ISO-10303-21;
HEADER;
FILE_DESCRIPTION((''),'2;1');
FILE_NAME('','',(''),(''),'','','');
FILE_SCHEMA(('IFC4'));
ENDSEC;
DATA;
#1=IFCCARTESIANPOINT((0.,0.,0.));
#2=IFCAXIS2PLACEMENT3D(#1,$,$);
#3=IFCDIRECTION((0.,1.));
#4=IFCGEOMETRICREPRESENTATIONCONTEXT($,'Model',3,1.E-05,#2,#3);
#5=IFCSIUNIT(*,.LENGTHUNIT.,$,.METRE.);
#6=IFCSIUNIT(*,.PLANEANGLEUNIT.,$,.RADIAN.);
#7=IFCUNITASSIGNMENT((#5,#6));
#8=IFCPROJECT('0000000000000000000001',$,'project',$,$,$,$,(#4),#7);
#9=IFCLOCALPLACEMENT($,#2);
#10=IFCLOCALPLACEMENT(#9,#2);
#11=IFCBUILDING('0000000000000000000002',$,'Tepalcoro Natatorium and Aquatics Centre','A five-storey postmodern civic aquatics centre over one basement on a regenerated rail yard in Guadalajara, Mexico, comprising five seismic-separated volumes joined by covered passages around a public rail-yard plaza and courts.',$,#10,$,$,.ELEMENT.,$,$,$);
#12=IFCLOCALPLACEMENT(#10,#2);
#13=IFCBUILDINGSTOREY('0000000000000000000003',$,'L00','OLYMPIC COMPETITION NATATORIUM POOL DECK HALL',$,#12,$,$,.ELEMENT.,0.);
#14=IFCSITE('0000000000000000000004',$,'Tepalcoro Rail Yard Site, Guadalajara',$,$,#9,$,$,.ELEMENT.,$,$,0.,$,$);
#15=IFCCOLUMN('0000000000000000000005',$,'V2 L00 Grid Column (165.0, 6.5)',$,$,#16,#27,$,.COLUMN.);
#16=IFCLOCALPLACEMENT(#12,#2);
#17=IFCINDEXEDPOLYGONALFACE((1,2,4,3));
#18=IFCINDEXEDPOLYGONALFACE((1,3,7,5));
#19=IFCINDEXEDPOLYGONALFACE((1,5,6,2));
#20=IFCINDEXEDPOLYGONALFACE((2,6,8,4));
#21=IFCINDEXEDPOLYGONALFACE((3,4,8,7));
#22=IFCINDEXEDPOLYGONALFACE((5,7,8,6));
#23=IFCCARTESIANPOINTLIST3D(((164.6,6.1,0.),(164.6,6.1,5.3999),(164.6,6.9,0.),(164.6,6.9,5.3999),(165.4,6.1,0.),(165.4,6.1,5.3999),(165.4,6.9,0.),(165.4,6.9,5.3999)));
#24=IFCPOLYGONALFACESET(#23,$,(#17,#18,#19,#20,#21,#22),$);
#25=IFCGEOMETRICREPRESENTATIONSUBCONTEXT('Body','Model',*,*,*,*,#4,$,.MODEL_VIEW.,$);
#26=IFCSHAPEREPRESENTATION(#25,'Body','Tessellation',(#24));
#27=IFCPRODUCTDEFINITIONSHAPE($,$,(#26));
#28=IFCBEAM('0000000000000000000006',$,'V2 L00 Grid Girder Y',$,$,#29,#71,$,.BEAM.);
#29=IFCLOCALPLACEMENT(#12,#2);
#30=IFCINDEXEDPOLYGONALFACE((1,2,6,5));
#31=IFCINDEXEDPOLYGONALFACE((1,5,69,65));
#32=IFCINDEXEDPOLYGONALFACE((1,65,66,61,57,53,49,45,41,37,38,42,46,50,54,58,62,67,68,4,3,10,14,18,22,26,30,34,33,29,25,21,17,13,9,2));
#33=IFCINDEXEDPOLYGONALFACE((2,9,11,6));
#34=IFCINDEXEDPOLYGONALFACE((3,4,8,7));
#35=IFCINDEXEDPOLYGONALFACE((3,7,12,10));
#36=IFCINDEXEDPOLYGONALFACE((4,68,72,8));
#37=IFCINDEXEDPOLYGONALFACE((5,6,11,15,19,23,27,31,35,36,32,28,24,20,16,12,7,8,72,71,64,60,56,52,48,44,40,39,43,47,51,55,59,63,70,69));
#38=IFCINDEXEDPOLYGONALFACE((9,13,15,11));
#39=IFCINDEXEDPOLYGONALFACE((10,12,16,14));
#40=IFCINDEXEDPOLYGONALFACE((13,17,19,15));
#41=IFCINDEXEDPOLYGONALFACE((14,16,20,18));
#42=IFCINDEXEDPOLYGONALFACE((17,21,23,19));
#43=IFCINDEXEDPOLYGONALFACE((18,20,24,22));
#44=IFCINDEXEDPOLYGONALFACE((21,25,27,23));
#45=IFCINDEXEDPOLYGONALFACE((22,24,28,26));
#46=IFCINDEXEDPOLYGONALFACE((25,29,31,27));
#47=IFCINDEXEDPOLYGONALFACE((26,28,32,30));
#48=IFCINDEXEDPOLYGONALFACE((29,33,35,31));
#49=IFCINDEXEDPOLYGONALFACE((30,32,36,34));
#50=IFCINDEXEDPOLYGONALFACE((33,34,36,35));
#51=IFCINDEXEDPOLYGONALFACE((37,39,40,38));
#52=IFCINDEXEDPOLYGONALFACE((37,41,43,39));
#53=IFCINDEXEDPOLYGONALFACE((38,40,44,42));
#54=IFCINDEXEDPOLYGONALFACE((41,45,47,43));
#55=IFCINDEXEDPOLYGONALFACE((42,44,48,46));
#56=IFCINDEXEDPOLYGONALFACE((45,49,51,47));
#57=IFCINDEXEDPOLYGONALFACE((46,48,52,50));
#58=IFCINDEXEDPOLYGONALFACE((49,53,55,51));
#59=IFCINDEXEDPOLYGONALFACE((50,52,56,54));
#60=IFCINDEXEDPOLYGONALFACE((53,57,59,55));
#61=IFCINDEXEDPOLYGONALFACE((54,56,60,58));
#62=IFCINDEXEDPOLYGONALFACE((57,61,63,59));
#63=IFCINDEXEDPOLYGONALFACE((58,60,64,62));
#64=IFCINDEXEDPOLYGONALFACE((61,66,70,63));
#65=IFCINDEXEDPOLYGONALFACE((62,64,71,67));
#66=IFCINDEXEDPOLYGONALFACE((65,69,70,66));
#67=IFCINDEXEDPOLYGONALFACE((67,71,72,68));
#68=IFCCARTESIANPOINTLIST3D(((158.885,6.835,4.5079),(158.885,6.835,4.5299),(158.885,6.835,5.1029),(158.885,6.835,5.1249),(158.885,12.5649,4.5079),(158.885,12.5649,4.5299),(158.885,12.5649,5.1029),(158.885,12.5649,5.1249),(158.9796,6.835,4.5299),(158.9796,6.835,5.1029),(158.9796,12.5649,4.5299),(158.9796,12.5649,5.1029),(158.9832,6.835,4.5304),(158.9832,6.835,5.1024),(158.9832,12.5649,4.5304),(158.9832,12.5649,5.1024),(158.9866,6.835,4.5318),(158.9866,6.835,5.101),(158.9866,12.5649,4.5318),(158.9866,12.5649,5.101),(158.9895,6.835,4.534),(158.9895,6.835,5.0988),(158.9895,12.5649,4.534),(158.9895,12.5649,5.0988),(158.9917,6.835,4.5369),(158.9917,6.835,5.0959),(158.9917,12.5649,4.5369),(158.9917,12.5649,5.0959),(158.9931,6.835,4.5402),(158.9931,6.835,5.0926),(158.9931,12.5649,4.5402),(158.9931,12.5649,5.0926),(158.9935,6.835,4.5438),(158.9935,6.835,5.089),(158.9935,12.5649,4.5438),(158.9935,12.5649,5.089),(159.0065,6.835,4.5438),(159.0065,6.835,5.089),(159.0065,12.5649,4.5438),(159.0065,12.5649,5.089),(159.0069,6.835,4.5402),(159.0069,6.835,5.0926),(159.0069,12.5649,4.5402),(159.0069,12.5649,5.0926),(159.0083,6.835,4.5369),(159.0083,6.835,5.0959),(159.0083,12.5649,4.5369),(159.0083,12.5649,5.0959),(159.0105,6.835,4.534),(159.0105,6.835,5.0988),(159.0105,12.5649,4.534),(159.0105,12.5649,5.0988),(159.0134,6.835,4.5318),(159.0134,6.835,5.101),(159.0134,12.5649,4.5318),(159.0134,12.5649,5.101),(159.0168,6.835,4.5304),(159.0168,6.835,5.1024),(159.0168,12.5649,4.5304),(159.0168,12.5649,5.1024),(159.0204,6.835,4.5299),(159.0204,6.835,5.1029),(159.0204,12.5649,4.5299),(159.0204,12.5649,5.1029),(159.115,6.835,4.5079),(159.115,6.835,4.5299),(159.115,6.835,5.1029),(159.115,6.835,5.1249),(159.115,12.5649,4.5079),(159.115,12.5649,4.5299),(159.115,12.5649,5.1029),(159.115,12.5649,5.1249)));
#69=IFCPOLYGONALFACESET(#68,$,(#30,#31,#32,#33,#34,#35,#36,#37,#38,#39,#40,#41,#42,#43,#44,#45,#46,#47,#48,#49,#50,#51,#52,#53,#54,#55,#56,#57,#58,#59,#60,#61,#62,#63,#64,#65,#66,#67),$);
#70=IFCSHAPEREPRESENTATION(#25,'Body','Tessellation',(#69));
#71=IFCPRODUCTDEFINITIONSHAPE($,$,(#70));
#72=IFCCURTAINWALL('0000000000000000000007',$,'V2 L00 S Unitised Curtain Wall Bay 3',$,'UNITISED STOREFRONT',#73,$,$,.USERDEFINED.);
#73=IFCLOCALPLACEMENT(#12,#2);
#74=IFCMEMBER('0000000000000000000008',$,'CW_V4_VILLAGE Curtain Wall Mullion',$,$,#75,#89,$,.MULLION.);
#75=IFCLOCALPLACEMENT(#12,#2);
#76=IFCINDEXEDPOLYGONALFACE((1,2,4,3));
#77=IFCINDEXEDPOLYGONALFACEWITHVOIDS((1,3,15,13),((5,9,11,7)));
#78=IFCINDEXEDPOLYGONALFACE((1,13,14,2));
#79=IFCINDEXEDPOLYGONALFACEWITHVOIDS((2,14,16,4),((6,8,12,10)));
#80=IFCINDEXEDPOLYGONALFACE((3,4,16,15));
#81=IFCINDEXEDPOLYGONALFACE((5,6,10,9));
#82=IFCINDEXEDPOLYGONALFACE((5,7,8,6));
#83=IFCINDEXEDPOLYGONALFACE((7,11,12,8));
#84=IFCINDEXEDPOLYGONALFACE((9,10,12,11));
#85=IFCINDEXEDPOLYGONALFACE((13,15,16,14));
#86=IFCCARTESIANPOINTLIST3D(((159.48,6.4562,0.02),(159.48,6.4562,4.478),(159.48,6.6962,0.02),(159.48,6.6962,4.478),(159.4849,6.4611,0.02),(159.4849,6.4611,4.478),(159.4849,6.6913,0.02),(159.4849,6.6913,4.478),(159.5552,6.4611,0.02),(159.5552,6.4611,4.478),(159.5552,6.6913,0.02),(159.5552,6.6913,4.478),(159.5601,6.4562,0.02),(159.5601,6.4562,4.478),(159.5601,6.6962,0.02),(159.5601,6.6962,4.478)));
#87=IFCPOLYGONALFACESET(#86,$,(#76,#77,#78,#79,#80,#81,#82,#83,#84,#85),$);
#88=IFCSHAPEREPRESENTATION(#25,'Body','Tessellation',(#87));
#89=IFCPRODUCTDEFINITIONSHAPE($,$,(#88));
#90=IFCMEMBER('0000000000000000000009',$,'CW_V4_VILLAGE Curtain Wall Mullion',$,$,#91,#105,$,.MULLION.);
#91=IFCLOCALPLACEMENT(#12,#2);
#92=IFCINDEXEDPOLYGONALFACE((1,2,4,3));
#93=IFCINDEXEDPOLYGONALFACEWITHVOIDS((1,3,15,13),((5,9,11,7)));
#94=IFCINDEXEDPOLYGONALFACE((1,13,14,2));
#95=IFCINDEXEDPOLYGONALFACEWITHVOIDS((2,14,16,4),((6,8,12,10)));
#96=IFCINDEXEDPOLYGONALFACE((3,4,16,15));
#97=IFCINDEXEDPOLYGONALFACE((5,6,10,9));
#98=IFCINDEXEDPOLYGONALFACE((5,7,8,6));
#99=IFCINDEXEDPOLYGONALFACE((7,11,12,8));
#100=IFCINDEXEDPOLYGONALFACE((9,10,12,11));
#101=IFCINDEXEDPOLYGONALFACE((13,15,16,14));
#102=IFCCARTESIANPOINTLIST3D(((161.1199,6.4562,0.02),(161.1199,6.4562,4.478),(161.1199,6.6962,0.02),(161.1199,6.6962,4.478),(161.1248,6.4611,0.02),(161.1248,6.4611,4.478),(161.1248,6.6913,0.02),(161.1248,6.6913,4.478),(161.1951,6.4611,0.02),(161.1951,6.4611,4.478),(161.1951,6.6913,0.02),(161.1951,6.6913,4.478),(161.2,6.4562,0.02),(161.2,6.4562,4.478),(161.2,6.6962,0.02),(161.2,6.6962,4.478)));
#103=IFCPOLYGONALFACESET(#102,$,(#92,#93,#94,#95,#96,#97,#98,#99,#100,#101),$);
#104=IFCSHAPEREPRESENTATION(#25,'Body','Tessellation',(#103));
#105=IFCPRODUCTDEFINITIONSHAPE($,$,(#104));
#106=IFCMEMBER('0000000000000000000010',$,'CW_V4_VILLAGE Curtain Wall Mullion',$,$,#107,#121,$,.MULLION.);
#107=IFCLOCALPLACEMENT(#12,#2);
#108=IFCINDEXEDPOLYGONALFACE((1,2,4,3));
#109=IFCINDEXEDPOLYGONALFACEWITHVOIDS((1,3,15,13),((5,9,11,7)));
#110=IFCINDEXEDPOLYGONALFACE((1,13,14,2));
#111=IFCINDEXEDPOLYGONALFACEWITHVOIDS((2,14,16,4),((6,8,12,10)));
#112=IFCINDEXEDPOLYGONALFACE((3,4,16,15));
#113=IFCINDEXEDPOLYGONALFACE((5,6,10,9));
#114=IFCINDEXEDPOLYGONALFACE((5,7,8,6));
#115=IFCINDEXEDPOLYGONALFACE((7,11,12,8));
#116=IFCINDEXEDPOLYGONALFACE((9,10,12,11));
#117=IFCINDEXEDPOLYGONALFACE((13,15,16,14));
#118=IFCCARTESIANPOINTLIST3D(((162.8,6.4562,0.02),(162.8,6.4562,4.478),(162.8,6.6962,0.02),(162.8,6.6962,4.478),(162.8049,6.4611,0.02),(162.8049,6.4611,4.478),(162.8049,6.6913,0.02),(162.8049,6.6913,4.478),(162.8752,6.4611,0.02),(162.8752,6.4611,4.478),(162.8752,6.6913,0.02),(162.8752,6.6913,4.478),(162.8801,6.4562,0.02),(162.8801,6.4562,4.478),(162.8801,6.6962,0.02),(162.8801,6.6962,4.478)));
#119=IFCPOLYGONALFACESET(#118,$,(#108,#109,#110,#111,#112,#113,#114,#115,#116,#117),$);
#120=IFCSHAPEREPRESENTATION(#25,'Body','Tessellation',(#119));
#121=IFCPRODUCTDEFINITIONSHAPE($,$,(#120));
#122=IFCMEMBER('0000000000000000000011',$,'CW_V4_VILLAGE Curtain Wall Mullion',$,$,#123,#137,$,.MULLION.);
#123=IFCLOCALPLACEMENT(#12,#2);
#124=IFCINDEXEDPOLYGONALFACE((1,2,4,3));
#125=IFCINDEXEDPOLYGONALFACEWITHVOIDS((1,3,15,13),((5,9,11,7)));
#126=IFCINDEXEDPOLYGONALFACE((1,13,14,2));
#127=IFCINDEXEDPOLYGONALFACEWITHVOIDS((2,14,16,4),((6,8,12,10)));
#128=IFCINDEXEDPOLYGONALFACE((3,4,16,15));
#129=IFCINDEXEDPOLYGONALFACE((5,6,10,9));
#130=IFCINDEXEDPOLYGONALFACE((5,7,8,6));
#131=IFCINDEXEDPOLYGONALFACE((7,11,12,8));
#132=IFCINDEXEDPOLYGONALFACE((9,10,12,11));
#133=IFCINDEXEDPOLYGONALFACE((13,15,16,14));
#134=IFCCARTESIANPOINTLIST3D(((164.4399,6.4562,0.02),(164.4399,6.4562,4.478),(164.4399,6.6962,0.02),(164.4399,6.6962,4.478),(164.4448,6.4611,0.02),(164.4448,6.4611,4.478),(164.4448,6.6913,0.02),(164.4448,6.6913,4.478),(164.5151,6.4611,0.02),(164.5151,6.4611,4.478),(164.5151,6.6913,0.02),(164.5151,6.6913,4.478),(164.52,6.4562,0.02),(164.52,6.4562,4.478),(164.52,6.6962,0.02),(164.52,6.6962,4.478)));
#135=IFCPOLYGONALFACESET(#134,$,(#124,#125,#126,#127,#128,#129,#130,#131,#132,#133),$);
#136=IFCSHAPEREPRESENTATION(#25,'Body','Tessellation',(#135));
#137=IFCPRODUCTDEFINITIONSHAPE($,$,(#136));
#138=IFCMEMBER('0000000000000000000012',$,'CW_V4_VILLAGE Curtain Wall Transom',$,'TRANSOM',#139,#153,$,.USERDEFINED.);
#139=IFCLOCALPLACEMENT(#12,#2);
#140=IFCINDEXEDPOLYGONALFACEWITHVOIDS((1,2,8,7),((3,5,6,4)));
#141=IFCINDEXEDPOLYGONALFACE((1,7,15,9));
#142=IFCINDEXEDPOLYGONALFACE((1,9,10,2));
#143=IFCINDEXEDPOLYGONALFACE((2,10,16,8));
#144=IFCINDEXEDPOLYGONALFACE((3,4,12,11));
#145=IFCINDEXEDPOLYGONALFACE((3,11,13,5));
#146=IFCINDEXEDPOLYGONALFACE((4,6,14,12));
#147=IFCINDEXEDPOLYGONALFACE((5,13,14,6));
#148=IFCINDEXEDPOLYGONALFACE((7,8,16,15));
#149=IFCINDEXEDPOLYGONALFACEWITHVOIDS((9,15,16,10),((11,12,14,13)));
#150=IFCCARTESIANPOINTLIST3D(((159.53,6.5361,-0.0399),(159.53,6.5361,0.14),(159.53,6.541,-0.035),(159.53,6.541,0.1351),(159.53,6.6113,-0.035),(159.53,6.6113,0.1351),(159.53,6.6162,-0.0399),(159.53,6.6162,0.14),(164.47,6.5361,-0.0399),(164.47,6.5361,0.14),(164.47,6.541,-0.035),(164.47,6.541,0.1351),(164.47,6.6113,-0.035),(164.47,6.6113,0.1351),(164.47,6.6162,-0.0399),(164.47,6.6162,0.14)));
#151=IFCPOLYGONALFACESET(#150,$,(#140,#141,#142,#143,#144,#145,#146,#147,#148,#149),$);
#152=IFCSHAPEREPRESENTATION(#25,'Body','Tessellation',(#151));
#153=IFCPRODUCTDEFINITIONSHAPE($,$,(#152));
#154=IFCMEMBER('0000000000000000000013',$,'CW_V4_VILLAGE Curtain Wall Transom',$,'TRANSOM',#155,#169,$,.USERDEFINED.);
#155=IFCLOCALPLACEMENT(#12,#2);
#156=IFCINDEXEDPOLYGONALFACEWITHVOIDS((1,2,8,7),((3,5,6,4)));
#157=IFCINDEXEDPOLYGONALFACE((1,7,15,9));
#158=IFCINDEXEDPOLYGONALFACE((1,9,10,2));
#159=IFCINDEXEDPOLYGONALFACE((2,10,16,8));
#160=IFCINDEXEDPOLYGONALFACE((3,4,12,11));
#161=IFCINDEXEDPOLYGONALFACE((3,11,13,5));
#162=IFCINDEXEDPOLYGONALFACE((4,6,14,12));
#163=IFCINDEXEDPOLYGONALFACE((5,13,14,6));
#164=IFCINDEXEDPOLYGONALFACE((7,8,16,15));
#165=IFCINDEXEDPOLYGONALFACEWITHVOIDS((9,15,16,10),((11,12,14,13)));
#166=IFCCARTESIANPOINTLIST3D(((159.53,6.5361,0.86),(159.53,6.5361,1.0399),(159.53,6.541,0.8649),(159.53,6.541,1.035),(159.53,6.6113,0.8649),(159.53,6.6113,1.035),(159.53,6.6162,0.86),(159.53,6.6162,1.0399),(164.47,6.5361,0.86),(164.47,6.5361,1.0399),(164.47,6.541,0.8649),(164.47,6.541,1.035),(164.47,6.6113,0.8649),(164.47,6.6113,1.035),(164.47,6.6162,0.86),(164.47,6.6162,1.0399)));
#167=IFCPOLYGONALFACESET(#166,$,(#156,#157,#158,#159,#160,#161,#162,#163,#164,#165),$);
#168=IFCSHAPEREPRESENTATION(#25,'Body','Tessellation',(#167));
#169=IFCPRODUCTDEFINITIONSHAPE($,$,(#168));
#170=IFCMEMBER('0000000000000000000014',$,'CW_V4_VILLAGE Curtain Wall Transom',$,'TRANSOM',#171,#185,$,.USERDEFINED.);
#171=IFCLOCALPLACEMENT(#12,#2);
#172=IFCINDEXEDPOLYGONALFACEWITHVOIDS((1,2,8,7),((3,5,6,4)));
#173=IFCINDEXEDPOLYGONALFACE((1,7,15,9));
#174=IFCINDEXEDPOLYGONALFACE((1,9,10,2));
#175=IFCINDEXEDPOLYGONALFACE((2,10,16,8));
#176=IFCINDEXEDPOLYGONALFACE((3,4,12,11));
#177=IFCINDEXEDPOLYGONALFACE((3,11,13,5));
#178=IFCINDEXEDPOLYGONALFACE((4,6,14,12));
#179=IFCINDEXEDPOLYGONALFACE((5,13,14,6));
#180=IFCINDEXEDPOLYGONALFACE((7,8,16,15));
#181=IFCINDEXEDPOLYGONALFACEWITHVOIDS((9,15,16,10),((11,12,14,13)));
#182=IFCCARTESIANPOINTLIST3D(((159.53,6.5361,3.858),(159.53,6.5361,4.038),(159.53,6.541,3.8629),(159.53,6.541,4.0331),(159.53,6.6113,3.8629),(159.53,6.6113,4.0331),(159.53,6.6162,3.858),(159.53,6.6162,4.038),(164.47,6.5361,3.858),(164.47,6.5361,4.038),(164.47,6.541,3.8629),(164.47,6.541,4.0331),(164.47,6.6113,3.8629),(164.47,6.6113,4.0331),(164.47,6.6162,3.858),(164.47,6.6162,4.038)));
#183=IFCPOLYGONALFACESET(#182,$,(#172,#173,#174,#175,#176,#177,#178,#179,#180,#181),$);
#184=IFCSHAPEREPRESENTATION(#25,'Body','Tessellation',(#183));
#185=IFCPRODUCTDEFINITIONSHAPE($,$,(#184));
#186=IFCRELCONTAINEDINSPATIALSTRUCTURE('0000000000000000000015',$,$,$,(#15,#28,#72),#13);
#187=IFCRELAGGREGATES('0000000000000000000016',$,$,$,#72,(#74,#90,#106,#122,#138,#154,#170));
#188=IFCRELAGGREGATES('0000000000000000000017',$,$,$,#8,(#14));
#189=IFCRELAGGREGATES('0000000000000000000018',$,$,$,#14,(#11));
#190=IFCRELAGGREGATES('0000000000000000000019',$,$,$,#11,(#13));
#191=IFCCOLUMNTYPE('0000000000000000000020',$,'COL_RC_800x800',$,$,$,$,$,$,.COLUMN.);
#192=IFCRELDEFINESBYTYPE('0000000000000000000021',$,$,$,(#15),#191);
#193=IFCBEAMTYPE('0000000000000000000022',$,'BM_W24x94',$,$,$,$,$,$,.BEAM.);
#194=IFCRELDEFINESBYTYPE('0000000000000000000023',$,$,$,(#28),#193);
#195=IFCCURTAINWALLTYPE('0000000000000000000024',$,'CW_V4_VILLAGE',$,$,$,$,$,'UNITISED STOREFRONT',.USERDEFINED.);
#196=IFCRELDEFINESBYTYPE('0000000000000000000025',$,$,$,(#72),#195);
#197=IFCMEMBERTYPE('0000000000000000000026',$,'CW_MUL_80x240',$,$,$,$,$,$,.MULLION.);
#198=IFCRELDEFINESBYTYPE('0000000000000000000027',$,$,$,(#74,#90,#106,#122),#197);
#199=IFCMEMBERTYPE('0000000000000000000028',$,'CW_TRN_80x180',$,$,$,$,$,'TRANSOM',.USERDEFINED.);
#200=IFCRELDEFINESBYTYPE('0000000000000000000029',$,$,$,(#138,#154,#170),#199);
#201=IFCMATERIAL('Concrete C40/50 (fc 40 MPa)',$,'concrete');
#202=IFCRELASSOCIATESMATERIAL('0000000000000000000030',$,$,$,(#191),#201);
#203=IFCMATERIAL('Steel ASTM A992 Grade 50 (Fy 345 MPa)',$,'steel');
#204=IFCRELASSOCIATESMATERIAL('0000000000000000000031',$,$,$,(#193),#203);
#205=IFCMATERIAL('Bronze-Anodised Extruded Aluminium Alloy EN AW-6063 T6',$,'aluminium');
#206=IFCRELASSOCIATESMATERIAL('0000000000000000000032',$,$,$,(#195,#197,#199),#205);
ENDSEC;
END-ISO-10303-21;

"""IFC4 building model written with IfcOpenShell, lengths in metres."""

from ifc_helpers import new_model, si_unit, direction, frame, origin, origin_2d, place, context, subcontext, project, spatial, rectangle, hollow_rectangle, i_section, extrude, material, material_profile, profile_set, type_object, element, aggregate, save


model = new_model("IFC4")

# Units and contexts
model_context = context("Model", 3, precision=1e-05, world=origin(), true_north=direction((0.0, 1.0)))
body_context = subcontext(model_context, "Body", "Model", "MODEL_VIEW")
ifc_project = project(units=[si_unit("LENGTHUNIT", "METRE"), si_unit("PLANEANGLEUNIT", "RADIAN")], contexts=[model_context])

# Site, building, storey
site_placement = place(None, origin())
site = spatial("IfcSite", under=ifc_project, at=site_placement, Name="Tepalcoro Rail Yard Site, Guadalajara", CompositionType="ELEMENT", RefElevation=0.0)
building_placement = place(site_placement, origin())
building = spatial("IfcBuilding", under=site, at=building_placement, Name="Tepalcoro Natatorium and Aquatics Centre", Description="A five-storey postmodern civic aquatics centre over one basement on a regenerated rail yard in Guadalajara, Mexico, comprising five seismic-separated volumes joined by covered passages around a public rail-yard plaza and courts.", CompositionType="ELEMENT")
storey_placement = place(building_placement, origin())
storey = spatial("IfcBuildingStorey", under=building, at=storey_placement, Name="L00", Description="OLYMPIC COMPETITION NATATORIUM POOL DECK HALL", CompositionType="ELEMENT", Elevation=0.0)

# Shared definitions
ifc_material_1 = material(Name="Concrete C40/50 (fc 40 MPa)", Category="concrete")

# Column
ifc_material_2 = material(Name="Steel ASTM A992 Grade 50 (Fy 345 MPa)", Category="steel")
ifc_material_profile_1 = material_profile(ifc_material_1, rectangle(XDim=0.8, YDim=0.8, at=origin_2d()), Name="RC800x800")
ifc_profile_set_1 = profile_set([ifc_material_profile_1], Name="Concrete C40/50 (fc 40 MPa)")
column_type_1 = type_object("IfcColumnType", Name="COL_RC_800x800", PredefinedType="COLUMN", material=ifc_profile_set_1)
column_1_placement = place(storey_placement, frame((165.0, 6.5, 0.0), z_axis=(0.0, 0.0, 1.0), x_axis=(1.0, 0.0, 0.0)))
element("IfcColumn", 1, at=column_1_placement, inside=storey, type_object=column_type_1, Name="V2 L00 Grid Column (165.0, 6.5)", PredefinedType="COLUMN", context=body_context, shape_type="SweptSolid", body=[
    extrude(rectangle(XDim=0.8, YDim=0.8, at=origin_2d()), origin(), (0.0, 0.0, 1.0), 5.3999),
])

# Beam
ifc_material_profile_2 = material_profile(ifc_material_2, i_section(OverallWidth=0.23, OverallDepth=0.6169, WebThickness=0.0129, FlangeThickness=0.022, FilletRadius=0.0139, at=origin_2d()), Name="W24X94")
ifc_profile_set_2 = profile_set([ifc_material_profile_2], Name="Steel ASTM A992 Grade 50 (Fy 345 MPa)")
beam_type_1 = type_object("IfcBeamType", Name="BM_W24x94", PredefinedType="BEAM", material=ifc_profile_set_2)
beam_1_placement = place(storey_placement, frame((159.0, 6.835, 4.8164), z_axis=(0.0, 1.0, 0.0), x_axis=(-1.0, 0.0, 0.0)))
element("IfcBeam", 2, at=beam_1_placement, inside=storey, type_object=beam_type_1, Name="V2 L00 Grid Girder Y", PredefinedType="BEAM", context=body_context, shape_type="SweptSolid", body=[
    extrude(i_section(OverallWidth=0.23, OverallDepth=0.6169, WebThickness=0.0129, FlangeThickness=0.022, FilletRadius=0.0139, at=origin_2d()), origin(), (0.0, 0.0, 1.0), 5.73),
])

# Curtain wall, members
ifc_material_3 = material(Name="Bronze-Anodised Extruded Aluminium Alloy EN AW-6063 T6", Category="aluminium")
curtain_wall_type = type_object("IfcCurtainWallType", Name="CW_V4_VILLAGE", ElementType="UNITISED STOREFRONT", PredefinedType="USERDEFINED", material=ifc_material_3)
curtain_wall_placement = place(storey_placement, origin())
curtain_wall = element("IfcCurtainWall", 3, at=curtain_wall_placement, inside=storey, type_object=curtain_wall_type, Name="V2 L00 S Unitised Curtain Wall Bay 3", ObjectType="UNITISED STOREFRONT", PredefinedType="USERDEFINED")
ifc_material_profile_3 = material_profile(ifc_material_3, hollow_rectangle(XDim=0.0801, YDim=0.24, WallThickness=0.0049, at=origin_2d()), Name="AL80X240X5")
ifc_profile_set_3 = profile_set([ifc_material_profile_3], Name="Bronze-Anodised Extruded Aluminium Alloy EN AW-6063 T6")
member_type_1 = type_object("IfcMemberType", Name="CW_MUL_80x240", PredefinedType="MULLION", material=ifc_profile_set_3)
member_1_placement = place(storey_placement, frame((159.52, 6.5762, 0.02), z_axis=(0.0, 0.0, 1.0), x_axis=(1.0, 0.0, 0.0)))
member_1 = element("IfcMember", 4, at=member_1_placement, type_object=member_type_1, Name="CW_V4_VILLAGE Curtain Wall Mullion", PredefinedType="MULLION", context=body_context, shape_type="SweptSolid", body=[
    extrude(hollow_rectangle(XDim=0.0801, YDim=0.24, WallThickness=0.0049, at=origin_2d()), origin(), (0.0, 0.0, 1.0), 4.458),
])
member_2_placement = place(storey_placement, frame((161.1599, 6.5762, 0.02), z_axis=(0.0, 0.0, 1.0), x_axis=(1.0, 0.0, 0.0)))
member_2 = element("IfcMember", 5, at=member_2_placement, type_object=member_type_1, Name="CW_V4_VILLAGE Curtain Wall Mullion", PredefinedType="MULLION", context=body_context, shape_type="SweptSolid", body=[
    extrude(hollow_rectangle(XDim=0.0801, YDim=0.24, WallThickness=0.0049, at=origin_2d()), origin(), (0.0, 0.0, 1.0), 4.458),
])
member_3_placement = place(storey_placement, frame((162.8401, 6.5762, 0.02), z_axis=(0.0, 0.0, 1.0), x_axis=(1.0, 0.0, 0.0)))
member_3 = element("IfcMember", 6, at=member_3_placement, type_object=member_type_1, Name="CW_V4_VILLAGE Curtain Wall Mullion", PredefinedType="MULLION", context=body_context, shape_type="SweptSolid", body=[
    extrude(hollow_rectangle(XDim=0.0801, YDim=0.24, WallThickness=0.0049, at=origin_2d()), origin(), (0.0, 0.0, 1.0), 4.458),
])
member_4_placement = place(storey_placement, frame((164.48, 6.5762, 0.02), z_axis=(0.0, 0.0, 1.0), x_axis=(1.0, 0.0, 0.0)))
member_4 = element("IfcMember", 7, at=member_4_placement, type_object=member_type_1, Name="CW_V4_VILLAGE Curtain Wall Mullion", PredefinedType="MULLION", context=body_context, shape_type="SweptSolid", body=[
    extrude(hollow_rectangle(XDim=0.0801, YDim=0.24, WallThickness=0.0049, at=origin_2d()), origin(), (0.0, 0.0, 1.0), 4.458),
])
ifc_material_profile_4 = material_profile(ifc_material_3, hollow_rectangle(XDim=0.0801, YDim=0.1799, WallThickness=0.0049, at=origin_2d()), Name="AL80X180X5")
ifc_profile_set_4 = profile_set([ifc_material_profile_4], Name="Bronze-Anodised Extruded Aluminium Alloy EN AW-6063 T6")
member_type_2 = type_object("IfcMemberType", Name="CW_TRN_80x180", ElementType="TRANSOM", PredefinedType="USERDEFINED", material=ifc_profile_set_4)
member_5_placement = place(storey_placement, frame((159.53, 6.5762, 0.05), z_axis=(1.0, 0.0, 0.0), x_axis=(0.0, 1.0, 0.0)))
member_5 = element("IfcMember", 8, at=member_5_placement, type_object=member_type_2, Name="CW_V4_VILLAGE Curtain Wall Transom", ObjectType="TRANSOM", PredefinedType="USERDEFINED", context=body_context, shape_type="SweptSolid", body=[
    extrude(hollow_rectangle(XDim=0.0801, YDim=0.1799, WallThickness=0.0049, at=origin_2d()), origin(), (0.0, 0.0, 1.0), 4.9399),
])
member_6_placement = place(storey_placement, frame((159.53, 6.5762, 0.95), z_axis=(1.0, 0.0, 0.0), x_axis=(0.0, 1.0, 0.0)))
member_6 = element("IfcMember", 9, at=member_6_placement, type_object=member_type_2, Name="CW_V4_VILLAGE Curtain Wall Transom", ObjectType="TRANSOM", PredefinedType="USERDEFINED", context=body_context, shape_type="SweptSolid", body=[
    extrude(hollow_rectangle(XDim=0.0801, YDim=0.1799, WallThickness=0.0049, at=origin_2d()), origin(), (0.0, 0.0, 1.0), 4.9399),
])
member_7_placement = place(storey_placement, frame((159.53, 6.5762, 3.948), z_axis=(1.0, 0.0, 0.0), x_axis=(0.0, 1.0, 0.0)))
member_7 = element("IfcMember", 10, at=member_7_placement, type_object=member_type_2, Name="CW_V4_VILLAGE Curtain Wall Transom", ObjectType="TRANSOM", PredefinedType="USERDEFINED", context=body_context, shape_type="SweptSolid", body=[
    extrude(hollow_rectangle(XDim=0.0801, YDim=0.1799, WallThickness=0.0049, at=origin_2d()), origin(), (0.0, 0.0, 1.0), 4.9399),
])

aggregate(curtain_wall, [member_1, member_2, member_3, member_4, member_5, member_6, member_7])

save(model, "model.ifc")
